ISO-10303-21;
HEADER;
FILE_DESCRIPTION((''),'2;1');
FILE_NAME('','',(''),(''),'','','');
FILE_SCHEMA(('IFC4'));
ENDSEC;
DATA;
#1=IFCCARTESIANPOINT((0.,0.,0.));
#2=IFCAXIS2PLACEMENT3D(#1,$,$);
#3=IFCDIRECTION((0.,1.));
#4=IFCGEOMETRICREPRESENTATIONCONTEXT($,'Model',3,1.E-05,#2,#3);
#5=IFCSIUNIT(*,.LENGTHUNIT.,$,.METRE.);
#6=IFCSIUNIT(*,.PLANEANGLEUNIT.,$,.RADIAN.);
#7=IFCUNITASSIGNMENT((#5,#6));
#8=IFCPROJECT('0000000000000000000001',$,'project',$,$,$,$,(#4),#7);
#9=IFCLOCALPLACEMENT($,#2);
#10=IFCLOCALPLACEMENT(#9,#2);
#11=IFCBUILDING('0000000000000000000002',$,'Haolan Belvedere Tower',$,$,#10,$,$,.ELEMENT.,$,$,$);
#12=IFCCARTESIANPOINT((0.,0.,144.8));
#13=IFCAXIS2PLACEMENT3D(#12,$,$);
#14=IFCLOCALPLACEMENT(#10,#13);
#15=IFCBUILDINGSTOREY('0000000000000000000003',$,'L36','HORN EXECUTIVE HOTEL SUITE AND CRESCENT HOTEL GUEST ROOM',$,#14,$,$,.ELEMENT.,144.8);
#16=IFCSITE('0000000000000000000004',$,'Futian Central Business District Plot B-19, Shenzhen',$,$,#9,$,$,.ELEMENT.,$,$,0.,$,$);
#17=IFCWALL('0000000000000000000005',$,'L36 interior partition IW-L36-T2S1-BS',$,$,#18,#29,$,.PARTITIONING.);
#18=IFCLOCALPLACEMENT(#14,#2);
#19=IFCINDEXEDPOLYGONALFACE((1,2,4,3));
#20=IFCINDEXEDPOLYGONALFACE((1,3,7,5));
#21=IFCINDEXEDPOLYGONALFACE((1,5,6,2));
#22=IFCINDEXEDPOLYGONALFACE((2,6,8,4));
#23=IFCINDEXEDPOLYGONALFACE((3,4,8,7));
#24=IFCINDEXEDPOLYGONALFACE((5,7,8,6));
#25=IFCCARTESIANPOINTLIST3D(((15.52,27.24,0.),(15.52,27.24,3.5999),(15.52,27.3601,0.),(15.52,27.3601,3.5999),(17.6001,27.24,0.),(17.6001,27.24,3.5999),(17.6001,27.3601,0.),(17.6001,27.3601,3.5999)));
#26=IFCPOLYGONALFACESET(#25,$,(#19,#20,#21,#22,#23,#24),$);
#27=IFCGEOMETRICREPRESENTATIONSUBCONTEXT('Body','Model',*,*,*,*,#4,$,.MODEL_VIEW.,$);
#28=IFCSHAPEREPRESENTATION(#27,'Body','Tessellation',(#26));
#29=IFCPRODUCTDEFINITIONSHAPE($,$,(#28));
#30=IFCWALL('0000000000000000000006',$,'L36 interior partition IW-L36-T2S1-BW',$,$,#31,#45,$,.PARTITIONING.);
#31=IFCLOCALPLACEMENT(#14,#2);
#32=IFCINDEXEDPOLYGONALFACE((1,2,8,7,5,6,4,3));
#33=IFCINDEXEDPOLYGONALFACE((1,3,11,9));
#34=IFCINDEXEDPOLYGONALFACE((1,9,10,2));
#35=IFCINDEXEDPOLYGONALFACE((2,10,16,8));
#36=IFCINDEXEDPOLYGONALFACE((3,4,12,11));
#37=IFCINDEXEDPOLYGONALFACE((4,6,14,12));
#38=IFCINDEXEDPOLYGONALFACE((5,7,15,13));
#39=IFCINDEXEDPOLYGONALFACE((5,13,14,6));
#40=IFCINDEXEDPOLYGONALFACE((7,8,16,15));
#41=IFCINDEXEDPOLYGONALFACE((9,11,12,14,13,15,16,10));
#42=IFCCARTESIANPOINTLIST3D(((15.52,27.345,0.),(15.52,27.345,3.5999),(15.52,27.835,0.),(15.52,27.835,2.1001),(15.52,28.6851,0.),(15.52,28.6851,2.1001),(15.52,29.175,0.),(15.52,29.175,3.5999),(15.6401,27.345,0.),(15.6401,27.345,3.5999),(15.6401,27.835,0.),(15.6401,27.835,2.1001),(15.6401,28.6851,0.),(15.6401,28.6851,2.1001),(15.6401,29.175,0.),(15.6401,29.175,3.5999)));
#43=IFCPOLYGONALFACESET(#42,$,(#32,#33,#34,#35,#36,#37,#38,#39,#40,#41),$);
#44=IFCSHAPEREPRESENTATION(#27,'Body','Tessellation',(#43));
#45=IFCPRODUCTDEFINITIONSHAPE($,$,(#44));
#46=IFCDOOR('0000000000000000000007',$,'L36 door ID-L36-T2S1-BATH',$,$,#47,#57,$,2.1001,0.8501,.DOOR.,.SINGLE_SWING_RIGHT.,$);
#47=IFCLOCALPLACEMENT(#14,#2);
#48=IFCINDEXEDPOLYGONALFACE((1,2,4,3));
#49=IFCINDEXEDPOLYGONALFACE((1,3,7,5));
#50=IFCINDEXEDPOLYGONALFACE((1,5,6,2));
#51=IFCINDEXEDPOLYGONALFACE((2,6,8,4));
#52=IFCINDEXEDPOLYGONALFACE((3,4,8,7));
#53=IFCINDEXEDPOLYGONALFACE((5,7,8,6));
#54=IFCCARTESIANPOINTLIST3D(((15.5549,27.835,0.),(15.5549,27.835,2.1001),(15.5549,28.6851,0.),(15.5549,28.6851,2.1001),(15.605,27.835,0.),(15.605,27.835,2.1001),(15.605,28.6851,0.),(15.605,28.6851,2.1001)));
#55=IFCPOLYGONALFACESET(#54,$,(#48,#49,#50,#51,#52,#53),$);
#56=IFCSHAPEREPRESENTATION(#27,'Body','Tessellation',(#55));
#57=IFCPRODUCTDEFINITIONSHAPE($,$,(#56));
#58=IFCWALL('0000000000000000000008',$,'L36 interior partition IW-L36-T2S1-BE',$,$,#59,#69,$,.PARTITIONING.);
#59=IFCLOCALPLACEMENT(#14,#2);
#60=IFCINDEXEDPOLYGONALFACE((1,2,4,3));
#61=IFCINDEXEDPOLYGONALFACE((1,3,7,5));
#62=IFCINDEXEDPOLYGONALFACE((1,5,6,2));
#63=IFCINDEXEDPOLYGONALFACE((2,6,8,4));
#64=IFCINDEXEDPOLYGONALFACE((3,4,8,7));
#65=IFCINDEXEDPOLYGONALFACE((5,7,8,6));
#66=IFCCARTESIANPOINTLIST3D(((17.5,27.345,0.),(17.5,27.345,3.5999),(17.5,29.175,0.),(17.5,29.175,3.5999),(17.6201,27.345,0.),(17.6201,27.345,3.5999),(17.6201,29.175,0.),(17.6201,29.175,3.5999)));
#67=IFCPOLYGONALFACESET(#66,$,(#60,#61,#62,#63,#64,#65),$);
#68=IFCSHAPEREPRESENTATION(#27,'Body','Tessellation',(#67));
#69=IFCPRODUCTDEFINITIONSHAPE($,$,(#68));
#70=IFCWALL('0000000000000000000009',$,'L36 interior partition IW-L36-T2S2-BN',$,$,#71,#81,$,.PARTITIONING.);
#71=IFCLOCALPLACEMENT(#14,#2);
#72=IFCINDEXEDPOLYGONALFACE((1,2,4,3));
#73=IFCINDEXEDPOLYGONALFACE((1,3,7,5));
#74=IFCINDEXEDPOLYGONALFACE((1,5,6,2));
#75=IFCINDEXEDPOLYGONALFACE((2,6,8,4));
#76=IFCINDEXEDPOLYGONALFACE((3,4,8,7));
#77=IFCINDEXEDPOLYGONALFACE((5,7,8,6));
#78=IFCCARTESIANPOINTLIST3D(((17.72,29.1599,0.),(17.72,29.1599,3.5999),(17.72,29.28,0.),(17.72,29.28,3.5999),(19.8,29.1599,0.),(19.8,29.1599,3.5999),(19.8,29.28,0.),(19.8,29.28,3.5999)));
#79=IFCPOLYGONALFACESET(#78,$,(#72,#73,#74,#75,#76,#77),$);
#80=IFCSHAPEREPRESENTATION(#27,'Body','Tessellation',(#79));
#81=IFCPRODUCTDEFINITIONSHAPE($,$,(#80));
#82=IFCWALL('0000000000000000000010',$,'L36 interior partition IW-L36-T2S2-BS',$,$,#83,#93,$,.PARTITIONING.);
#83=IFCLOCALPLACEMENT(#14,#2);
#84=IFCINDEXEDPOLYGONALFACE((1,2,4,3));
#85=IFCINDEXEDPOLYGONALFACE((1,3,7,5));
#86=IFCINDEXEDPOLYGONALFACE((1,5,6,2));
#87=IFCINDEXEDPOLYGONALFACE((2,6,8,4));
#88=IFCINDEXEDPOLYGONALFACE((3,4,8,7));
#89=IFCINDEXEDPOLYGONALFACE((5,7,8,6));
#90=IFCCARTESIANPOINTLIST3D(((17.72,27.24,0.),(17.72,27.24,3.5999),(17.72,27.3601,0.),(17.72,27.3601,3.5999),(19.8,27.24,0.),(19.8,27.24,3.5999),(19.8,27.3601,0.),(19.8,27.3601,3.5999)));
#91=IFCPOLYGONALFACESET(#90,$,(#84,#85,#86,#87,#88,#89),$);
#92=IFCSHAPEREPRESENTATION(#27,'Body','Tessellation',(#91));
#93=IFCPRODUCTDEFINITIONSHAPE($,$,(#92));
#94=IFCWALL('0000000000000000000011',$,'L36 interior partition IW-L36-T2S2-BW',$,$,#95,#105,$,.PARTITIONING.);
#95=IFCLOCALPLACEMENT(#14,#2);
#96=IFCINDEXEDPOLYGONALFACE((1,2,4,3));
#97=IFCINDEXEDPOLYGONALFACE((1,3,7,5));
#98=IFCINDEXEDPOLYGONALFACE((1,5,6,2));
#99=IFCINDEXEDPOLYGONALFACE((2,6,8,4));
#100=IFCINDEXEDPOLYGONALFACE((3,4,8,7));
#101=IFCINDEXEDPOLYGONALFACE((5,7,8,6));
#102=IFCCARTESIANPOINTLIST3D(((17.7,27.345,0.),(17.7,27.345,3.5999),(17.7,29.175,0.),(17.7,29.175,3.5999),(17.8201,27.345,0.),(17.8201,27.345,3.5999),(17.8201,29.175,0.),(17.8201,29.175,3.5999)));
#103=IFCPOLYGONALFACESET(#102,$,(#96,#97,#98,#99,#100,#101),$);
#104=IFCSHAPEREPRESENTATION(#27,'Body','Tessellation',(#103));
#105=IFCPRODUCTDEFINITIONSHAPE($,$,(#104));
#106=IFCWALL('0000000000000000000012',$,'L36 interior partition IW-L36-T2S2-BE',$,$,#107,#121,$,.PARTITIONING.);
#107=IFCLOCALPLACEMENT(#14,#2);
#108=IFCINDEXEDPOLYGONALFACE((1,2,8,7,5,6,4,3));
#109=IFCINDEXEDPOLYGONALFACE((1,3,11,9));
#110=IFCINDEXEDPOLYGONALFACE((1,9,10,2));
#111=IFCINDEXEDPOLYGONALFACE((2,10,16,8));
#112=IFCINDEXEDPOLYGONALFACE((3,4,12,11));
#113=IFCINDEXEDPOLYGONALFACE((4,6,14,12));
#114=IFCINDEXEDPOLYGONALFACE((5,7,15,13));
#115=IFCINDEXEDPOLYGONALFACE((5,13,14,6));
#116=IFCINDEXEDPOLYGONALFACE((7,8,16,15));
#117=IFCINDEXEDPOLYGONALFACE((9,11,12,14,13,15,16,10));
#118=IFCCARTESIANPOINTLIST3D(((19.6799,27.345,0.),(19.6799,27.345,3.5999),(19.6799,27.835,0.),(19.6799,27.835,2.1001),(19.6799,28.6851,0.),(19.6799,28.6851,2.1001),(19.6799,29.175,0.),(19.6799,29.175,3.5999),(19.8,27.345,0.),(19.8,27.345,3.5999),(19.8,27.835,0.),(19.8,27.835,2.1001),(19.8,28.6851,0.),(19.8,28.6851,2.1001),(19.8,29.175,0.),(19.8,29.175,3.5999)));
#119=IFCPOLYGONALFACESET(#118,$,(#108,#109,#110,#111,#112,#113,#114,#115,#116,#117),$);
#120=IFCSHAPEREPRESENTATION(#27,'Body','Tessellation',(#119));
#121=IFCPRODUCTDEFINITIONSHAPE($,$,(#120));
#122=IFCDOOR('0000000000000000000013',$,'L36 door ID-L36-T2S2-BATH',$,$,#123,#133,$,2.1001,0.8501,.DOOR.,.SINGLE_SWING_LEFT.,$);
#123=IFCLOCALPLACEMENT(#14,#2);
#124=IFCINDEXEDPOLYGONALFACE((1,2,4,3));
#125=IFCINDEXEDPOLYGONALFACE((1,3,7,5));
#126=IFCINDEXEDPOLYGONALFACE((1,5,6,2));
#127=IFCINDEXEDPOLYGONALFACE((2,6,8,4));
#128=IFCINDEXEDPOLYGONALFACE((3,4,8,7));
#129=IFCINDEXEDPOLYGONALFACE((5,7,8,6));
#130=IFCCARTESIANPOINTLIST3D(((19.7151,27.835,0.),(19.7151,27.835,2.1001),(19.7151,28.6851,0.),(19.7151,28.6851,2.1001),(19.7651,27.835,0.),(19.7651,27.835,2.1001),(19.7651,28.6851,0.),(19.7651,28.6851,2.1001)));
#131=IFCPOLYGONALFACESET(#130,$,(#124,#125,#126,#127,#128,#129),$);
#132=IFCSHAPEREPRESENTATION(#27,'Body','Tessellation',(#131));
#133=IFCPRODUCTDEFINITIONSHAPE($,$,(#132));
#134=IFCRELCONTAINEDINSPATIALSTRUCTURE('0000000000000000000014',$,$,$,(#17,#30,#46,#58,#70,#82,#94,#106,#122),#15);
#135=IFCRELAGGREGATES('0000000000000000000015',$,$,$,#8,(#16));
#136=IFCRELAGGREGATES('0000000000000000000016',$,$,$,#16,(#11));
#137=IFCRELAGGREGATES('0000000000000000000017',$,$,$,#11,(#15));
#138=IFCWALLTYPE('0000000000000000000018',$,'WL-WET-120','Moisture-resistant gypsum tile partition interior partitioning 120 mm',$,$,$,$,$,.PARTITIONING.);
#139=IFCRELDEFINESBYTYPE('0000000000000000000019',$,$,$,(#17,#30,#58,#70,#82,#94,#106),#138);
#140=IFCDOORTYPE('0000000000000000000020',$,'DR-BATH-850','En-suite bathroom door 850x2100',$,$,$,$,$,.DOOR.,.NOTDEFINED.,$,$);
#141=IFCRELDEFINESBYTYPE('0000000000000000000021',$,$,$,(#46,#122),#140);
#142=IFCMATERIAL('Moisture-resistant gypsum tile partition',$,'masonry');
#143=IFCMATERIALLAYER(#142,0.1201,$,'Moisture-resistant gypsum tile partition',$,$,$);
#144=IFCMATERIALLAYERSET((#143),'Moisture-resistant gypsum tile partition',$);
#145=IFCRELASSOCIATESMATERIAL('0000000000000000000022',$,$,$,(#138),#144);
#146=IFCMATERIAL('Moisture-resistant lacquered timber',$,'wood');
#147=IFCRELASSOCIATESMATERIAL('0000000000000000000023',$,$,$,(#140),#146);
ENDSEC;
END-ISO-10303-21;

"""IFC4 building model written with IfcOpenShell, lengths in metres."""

from ifc_helpers import new_model, si_unit, direction, frame, frame_2d, origin, place, context, subcontext, project, spatial, rectangle, extrude, material, layer, layer_set, type_object, element, fill, save


model = new_model("IFC4")

# Units and contexts
model_context = context("Model", 3, precision=1e-05, world=origin(), true_north=direction((0.0, 1.0)))
body_context = subcontext(model_context, "Body", "Model", "MODEL_VIEW")
ifc_project = project(units=[si_unit("LENGTHUNIT", "METRE"), si_unit("PLANEANGLEUNIT", "RADIAN")], contexts=[model_context])

# Site, building, storey
site_placement = place(None, origin())
site = spatial("IfcSite", under=ifc_project, at=site_placement, Name="Futian Central Business District Plot B-19, Shenzhen", CompositionType="ELEMENT", RefElevation=0.0)
building_placement = place(site_placement, origin())
building = spatial("IfcBuilding", under=site, at=building_placement, Name="Haolan Belvedere Tower", CompositionType="ELEMENT")
storey_placement = place(building_placement, frame((0.0, 0.0, 144.8)))
storey = spatial("IfcBuildingStorey", under=building, at=storey_placement, Name="L36", Description="HORN EXECUTIVE HOTEL SUITE AND CRESCENT HOTEL GUEST ROOM", CompositionType="ELEMENT", Elevation=144.8)

# Wall
ifc_material_1 = material(Name="Moisture-resistant gypsum tile partition", Category="masonry")
ifc_layer_1 = layer(ifc_material_1, 0.1201, Name="Moisture-resistant gypsum tile partition")
ifc_layer_set_1 = layer_set([ifc_layer_1], Name="Moisture-resistant gypsum tile partition")
wall_type_1 = type_object("IfcWallType", Name="WL-WET-120", Description="Moisture-resistant gypsum tile partition interior partitioning 120 mm", PredefinedType="PARTITIONING", material=ifc_layer_set_1)
for number, where, z_axis, x_axis, name in (
    (1, (15.52, 27.3, 0.0), (0.0, 0.0, 1.0), (1.0, 0.0, 0.0), "L36 interior partition IW-L36-T2S1-BS"),
):
    element("IfcWall", number, at=place(storey_placement, frame(where, z_axis=z_axis, x_axis=x_axis)), inside=storey, type_object=wall_type_1, Name=name, PredefinedType="PARTITIONING", context=body_context, shape_type="SweptSolid", body=[
        extrude(rectangle(XDim=2.0801, YDim=0.1201, at=frame_2d((1.04, 0.0))), origin(), (0.0, 0.0, 1.0), 3.5999),
    ])

# Wall, opening, door
wall_1_placement = place(storey_placement, frame((15.5801, 27.345, 0.0), z_axis=(0.0, 0.0, 1.0), x_axis=(0.0, 1.0, 0.0)))
wall_1 = element("IfcWall", 2, at=wall_1_placement, inside=storey, type_object=wall_type_1, Name="L36 interior partition IW-L36-T2S1-BW", PredefinedType="PARTITIONING", context=body_context, shape_type="SweptSolid", body=[
    extrude(rectangle(XDim=1.8301, YDim=0.1201, at=frame_2d((0.915, 0.0))), origin(), (0.0, 0.0, 1.0), 3.5999),
])
opening_1_placement = place(wall_1_placement, frame((1.3401, 0.0, 0.0), z_axis=(0.0, 0.0, 1.0), x_axis=(-1.0, 0.0, 0.0)))
opening_1 = element("IfcOpeningElement", 3, at=opening_1_placement, cuts=wall_1, PredefinedType="OPENING", context=body_context, shape_type="SweptSolid", body=[
    extrude(rectangle(XDim=0.8501, YDim=2.1001, at=frame_2d((0.425, 1.05))), frame((0.0, 0.0701, 0.0), z_axis=(0.0, -1.0, 0.0), x_axis=(1.0, 0.0, 0.0)), (0.0, 0.0, 1.0), 0.1401),
])
ifc_material_2 = material(Name="Moisture-resistant lacquered timber", Category="wood")
door_type_1 = type_object("IfcDoorType", Name="DR-BATH-850", Description="En-suite bathroom door 850x2100", OperationType="NOTDEFINED", PredefinedType="DOOR", material=ifc_material_2)
door_1_placement = place(opening_1_placement, origin())
door_1 = element("IfcDoor", 4, at=door_1_placement, inside=storey, type_object=door_type_1, Name="L36 door ID-L36-T2S1-BATH", OperationType="SINGLE_SWING_RIGHT", OverallHeight=2.1001, OverallWidth=0.8501, PredefinedType="DOOR", context=body_context, shape_type="SweptSolid", body=[
    extrude(rectangle(XDim=0.8501, YDim=2.1001, at=frame_2d((0.425, 1.05))), frame((0.0, 0.0249, 0.0), z_axis=(0.0, -1.0, 0.0), x_axis=(1.0, 0.0, 0.0)), (0.0, 0.0, 1.0), 0.05),
])
fill(opening_1, door_1)

# Walls
wall_2_placement = place(storey_placement, frame((17.5601, 27.345, 0.0), z_axis=(0.0, 0.0, 1.0), x_axis=(0.0, 1.0, 0.0)))
element("IfcWall", 5, at=wall_2_placement, inside=storey, type_object=wall_type_1, Name="L36 interior partition IW-L36-T2S1-BE", PredefinedType="PARTITIONING", context=body_context, shape_type="SweptSolid", body=[
    extrude(rectangle(XDim=1.8301, YDim=0.1201, at=frame_2d((0.915, 0.0))), origin(), (0.0, 0.0, 1.0), 3.5999),
])
for number, where, z_axis, x_axis, name in (
    (6, (17.72, 29.22, 0.0), (0.0, 0.0, 1.0), (1.0, 0.0, 0.0), "L36 interior partition IW-L36-T2S2-BN"),
    (7, (17.72, 27.3, 0.0), (0.0, 0.0, 1.0), (1.0, 0.0, 0.0), "L36 interior partition IW-L36-T2S2-BS"),
):
    element("IfcWall", number, at=place(storey_placement, frame(where, z_axis=z_axis, x_axis=x_axis)), inside=storey, type_object=wall_type_1, Name=name, PredefinedType="PARTITIONING", context=body_context, shape_type="SweptSolid", body=[
        extrude(rectangle(XDim=2.0801, YDim=0.1201, at=frame_2d((1.04, 0.0))), origin(), (0.0, 0.0, 1.0), 3.5999),
    ])
wall_3_placement = place(storey_placement, frame((17.76, 27.345, 0.0), z_axis=(0.0, 0.0, 1.0), x_axis=(0.0, 1.0, 0.0)))
element("IfcWall", 8, at=wall_3_placement, inside=storey, type_object=wall_type_1, Name="L36 interior partition IW-L36-T2S2-BW", PredefinedType="PARTITIONING", context=body_context, shape_type="SweptSolid", body=[
    extrude(rectangle(XDim=1.8301, YDim=0.1201, at=frame_2d((0.915, 0.0))), origin(), (0.0, 0.0, 1.0), 3.5999),
])

# Wall, opening, door
wall_4_placement = place(storey_placement, frame((19.74, 27.345, 0.0), z_axis=(0.0, 0.0, 1.0), x_axis=(0.0, 1.0, 0.0)))
wall_4 = element("IfcWall", 9, at=wall_4_placement, inside=storey, type_object=wall_type_1, Name="L36 interior partition IW-L36-T2S2-BE", PredefinedType="PARTITIONING", context=body_context, shape_type="SweptSolid", body=[
    extrude(rectangle(XDim=1.8301, YDim=0.1201, at=frame_2d((0.915, 0.0))), origin(), (0.0, 0.0, 1.0), 3.5999),
])
opening_2_placement = place(wall_4_placement, frame((0.49, 0.0, 0.0)))
opening_2 = element("IfcOpeningElement", 10, at=opening_2_placement, cuts=wall_4, PredefinedType="OPENING", context=body_context, shape_type="SweptSolid", body=[
    extrude(rectangle(XDim=0.8501, YDim=2.1001, at=frame_2d((0.425, 1.05))), frame((0.0, 0.0701, 0.0), z_axis=(0.0, -1.0, 0.0), x_axis=(1.0, 0.0, 0.0)), (0.0, 0.0, 1.0), 0.1401),
])
door_2_placement = place(opening_2_placement, origin())
door_2 = element("IfcDoor", 11, at=door_2_placement, inside=storey, type_object=door_type_1, Name="L36 door ID-L36-T2S2-BATH", OperationType="SINGLE_SWING_LEFT", OverallHeight=2.1001, OverallWidth=0.8501, PredefinedType="DOOR", context=body_context, shape_type="SweptSolid", body=[
    extrude(rectangle(XDim=0.8501, YDim=2.1001, at=frame_2d((0.425, 1.05))), frame((0.0, 0.0249, 0.0), z_axis=(0.0, -1.0, 0.0), x_axis=(1.0, 0.0, 0.0)), (0.0, 0.0, 1.0), 0.05),
])
fill(opening_2, door_2)

save(model, "model.ifc")
